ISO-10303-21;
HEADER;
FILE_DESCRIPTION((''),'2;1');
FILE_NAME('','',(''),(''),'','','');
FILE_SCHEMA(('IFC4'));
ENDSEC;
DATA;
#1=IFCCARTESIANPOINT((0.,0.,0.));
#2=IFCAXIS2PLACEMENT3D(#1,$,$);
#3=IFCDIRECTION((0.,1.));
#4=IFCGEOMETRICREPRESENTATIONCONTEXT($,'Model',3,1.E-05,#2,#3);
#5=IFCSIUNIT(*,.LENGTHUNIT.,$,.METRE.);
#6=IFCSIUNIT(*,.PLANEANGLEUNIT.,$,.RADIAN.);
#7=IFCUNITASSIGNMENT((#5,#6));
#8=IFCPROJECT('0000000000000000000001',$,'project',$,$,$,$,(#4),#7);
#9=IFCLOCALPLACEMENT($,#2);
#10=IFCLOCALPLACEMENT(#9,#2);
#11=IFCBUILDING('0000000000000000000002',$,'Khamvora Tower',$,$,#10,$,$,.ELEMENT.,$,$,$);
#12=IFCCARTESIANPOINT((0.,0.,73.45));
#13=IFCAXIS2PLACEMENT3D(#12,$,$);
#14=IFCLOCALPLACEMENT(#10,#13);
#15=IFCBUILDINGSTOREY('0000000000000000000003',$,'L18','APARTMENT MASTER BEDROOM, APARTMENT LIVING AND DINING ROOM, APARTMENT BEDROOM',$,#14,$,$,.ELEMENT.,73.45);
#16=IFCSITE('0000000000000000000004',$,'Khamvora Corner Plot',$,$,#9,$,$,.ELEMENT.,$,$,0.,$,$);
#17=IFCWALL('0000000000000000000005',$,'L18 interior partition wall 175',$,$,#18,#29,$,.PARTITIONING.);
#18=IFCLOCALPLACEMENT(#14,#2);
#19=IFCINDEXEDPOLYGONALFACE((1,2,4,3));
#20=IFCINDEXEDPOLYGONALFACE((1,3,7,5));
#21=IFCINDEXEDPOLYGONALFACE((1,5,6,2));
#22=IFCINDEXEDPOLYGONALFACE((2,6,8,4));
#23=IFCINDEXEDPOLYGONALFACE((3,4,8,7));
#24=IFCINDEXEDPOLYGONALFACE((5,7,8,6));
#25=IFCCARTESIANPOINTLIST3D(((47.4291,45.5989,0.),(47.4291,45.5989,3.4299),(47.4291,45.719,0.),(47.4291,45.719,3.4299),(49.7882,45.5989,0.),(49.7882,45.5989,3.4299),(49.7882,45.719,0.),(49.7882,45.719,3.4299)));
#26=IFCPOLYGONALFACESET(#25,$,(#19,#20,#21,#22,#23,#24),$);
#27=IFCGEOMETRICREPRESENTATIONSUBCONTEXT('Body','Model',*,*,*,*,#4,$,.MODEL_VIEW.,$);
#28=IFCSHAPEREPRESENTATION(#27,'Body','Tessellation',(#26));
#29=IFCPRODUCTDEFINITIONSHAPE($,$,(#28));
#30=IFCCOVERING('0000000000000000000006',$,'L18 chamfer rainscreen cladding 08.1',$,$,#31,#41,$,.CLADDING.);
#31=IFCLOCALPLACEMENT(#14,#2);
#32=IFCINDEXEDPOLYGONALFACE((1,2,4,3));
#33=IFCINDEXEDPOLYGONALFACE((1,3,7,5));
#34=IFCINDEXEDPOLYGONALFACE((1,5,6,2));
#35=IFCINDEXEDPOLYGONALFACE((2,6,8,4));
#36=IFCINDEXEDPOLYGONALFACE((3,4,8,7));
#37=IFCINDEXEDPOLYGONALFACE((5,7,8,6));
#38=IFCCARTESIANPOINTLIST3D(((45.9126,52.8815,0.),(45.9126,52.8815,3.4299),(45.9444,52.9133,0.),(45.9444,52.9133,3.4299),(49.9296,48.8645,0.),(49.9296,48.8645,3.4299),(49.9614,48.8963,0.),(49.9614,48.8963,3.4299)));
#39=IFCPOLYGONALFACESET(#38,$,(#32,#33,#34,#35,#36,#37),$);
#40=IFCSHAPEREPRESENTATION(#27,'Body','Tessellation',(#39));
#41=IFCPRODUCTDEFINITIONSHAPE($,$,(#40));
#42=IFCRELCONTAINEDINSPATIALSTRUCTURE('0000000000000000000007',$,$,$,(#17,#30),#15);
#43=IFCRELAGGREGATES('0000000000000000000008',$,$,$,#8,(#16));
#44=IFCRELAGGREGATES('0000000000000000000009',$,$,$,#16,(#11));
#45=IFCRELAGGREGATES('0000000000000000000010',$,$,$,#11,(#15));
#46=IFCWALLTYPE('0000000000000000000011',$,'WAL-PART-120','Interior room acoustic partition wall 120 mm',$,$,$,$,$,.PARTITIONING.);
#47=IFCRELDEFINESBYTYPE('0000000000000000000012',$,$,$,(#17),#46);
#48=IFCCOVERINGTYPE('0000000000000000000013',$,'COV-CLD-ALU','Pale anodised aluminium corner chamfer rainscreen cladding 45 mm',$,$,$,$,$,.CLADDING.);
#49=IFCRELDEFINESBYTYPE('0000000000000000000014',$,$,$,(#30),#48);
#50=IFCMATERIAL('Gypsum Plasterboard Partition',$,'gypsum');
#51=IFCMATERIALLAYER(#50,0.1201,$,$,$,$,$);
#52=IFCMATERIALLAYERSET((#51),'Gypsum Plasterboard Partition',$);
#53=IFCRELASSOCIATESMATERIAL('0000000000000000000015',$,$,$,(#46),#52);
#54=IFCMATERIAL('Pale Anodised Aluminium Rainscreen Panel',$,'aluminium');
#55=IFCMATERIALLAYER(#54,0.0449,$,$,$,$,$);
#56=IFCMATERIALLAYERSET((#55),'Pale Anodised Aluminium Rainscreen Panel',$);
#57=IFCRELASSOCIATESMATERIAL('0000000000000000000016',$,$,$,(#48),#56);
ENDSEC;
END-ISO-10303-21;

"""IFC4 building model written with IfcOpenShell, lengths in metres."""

from ifc_helpers import new_model, si_unit, direction, frame, frame_2d, origin, origin_2d, place, context, subcontext, project, spatial, rectangle, extrude, material, layer, layer_set, type_object, element, save


model = new_model("IFC4")

# Units and contexts
model_context = context("Model", 3, precision=1e-05, world=origin(), true_north=direction((0.0, 1.0)))
body_context = subcontext(model_context, "Body", "Model", "MODEL_VIEW")
ifc_project = project(units=[si_unit("LENGTHUNIT", "METRE"), si_unit("PLANEANGLEUNIT", "RADIAN")], contexts=[model_context])

# Site, building, storey
site_placement = place(None, origin())
site = spatial("IfcSite", under=ifc_project, at=site_placement, Name="Khamvora Corner Plot", CompositionType="ELEMENT", RefElevation=0.0)
building_placement = place(site_placement, origin())
building = spatial("IfcBuilding", under=site, at=building_placement, Name="Khamvora Tower", CompositionType="ELEMENT")
storey_placement = place(building_placement, frame((0.0, 0.0, 73.45)))
storey = spatial("IfcBuildingStorey", under=building, at=storey_placement, Name="L18", Description="APARTMENT MASTER BEDROOM, APARTMENT LIVING AND DINING ROOM, APARTMENT BEDROOM", CompositionType="ELEMENT", Elevation=73.45)

# Shared definitions
ifc_material_1 = material(Name="Gypsum Plasterboard Partition", Category="gypsum")
ifc_layer_1 = layer(ifc_material_1, 0.1201)
ifc_layer_set_1 = layer_set([ifc_layer_1], Name="Gypsum Plasterboard Partition")
wall_type_1 = type_object("IfcWallType", Name="WAL-PART-120", Description="Interior room acoustic partition wall 120 mm", PredefinedType="PARTITIONING", material=ifc_layer_set_1)

# Wall
wall_1_placement = place(storey_placement, frame((47.429, 45.6589, 0.0), z_axis=(0.0, 0.0, 1.0), x_axis=(1.0, 0.0, 0.0)))
element("IfcWall", 1, at=wall_1_placement, inside=storey, type_object=wall_type_1, Name="L18 interior partition wall 175", PredefinedType="PARTITIONING", context=body_context, shape_type="SweptSolid", body=[
    extrude(rectangle(XDim=2.3591, YDim=0.1201, at=frame_2d((1.1797, 0.0))), origin(), (0.0, 0.0, 1.0), 3.4299),
])

# Covering
ifc_material_2 = material(Name="Pale Anodised Aluminium Rainscreen Panel", Category="aluminium")
ifc_layer_2 = layer(ifc_material_2, 0.0449)
ifc_layer_set_2 = layer_set([ifc_layer_2], Name="Pale Anodised Aluminium Rainscreen Panel")
covering_type = type_object("IfcCoveringType", Name="COV-CLD-ALU", Description="Pale anodised aluminium corner chamfer rainscreen cladding 45 mm", PredefinedType="CLADDING", material=ifc_layer_set_2)
covering_placement = place(storey_placement, frame((47.937, 50.8889, 0.0), z_axis=(0.0, 0.0, 1.0), x_axis=(0.707107, -0.707107, 0.0)))
element("IfcCovering", 2, at=covering_placement, inside=storey, type_object=covering_type, Name="L18 chamfer rainscreen cladding 08.1", PredefinedType="CLADDING", context=body_context, shape_type="SweptSolid", body=[
    extrude(rectangle(XDim=5.6809, YDim=0.0449, at=origin_2d()), origin(), (0.0, 0.0, 1.0), 3.4299),
])

save(model, "model.ifc")
